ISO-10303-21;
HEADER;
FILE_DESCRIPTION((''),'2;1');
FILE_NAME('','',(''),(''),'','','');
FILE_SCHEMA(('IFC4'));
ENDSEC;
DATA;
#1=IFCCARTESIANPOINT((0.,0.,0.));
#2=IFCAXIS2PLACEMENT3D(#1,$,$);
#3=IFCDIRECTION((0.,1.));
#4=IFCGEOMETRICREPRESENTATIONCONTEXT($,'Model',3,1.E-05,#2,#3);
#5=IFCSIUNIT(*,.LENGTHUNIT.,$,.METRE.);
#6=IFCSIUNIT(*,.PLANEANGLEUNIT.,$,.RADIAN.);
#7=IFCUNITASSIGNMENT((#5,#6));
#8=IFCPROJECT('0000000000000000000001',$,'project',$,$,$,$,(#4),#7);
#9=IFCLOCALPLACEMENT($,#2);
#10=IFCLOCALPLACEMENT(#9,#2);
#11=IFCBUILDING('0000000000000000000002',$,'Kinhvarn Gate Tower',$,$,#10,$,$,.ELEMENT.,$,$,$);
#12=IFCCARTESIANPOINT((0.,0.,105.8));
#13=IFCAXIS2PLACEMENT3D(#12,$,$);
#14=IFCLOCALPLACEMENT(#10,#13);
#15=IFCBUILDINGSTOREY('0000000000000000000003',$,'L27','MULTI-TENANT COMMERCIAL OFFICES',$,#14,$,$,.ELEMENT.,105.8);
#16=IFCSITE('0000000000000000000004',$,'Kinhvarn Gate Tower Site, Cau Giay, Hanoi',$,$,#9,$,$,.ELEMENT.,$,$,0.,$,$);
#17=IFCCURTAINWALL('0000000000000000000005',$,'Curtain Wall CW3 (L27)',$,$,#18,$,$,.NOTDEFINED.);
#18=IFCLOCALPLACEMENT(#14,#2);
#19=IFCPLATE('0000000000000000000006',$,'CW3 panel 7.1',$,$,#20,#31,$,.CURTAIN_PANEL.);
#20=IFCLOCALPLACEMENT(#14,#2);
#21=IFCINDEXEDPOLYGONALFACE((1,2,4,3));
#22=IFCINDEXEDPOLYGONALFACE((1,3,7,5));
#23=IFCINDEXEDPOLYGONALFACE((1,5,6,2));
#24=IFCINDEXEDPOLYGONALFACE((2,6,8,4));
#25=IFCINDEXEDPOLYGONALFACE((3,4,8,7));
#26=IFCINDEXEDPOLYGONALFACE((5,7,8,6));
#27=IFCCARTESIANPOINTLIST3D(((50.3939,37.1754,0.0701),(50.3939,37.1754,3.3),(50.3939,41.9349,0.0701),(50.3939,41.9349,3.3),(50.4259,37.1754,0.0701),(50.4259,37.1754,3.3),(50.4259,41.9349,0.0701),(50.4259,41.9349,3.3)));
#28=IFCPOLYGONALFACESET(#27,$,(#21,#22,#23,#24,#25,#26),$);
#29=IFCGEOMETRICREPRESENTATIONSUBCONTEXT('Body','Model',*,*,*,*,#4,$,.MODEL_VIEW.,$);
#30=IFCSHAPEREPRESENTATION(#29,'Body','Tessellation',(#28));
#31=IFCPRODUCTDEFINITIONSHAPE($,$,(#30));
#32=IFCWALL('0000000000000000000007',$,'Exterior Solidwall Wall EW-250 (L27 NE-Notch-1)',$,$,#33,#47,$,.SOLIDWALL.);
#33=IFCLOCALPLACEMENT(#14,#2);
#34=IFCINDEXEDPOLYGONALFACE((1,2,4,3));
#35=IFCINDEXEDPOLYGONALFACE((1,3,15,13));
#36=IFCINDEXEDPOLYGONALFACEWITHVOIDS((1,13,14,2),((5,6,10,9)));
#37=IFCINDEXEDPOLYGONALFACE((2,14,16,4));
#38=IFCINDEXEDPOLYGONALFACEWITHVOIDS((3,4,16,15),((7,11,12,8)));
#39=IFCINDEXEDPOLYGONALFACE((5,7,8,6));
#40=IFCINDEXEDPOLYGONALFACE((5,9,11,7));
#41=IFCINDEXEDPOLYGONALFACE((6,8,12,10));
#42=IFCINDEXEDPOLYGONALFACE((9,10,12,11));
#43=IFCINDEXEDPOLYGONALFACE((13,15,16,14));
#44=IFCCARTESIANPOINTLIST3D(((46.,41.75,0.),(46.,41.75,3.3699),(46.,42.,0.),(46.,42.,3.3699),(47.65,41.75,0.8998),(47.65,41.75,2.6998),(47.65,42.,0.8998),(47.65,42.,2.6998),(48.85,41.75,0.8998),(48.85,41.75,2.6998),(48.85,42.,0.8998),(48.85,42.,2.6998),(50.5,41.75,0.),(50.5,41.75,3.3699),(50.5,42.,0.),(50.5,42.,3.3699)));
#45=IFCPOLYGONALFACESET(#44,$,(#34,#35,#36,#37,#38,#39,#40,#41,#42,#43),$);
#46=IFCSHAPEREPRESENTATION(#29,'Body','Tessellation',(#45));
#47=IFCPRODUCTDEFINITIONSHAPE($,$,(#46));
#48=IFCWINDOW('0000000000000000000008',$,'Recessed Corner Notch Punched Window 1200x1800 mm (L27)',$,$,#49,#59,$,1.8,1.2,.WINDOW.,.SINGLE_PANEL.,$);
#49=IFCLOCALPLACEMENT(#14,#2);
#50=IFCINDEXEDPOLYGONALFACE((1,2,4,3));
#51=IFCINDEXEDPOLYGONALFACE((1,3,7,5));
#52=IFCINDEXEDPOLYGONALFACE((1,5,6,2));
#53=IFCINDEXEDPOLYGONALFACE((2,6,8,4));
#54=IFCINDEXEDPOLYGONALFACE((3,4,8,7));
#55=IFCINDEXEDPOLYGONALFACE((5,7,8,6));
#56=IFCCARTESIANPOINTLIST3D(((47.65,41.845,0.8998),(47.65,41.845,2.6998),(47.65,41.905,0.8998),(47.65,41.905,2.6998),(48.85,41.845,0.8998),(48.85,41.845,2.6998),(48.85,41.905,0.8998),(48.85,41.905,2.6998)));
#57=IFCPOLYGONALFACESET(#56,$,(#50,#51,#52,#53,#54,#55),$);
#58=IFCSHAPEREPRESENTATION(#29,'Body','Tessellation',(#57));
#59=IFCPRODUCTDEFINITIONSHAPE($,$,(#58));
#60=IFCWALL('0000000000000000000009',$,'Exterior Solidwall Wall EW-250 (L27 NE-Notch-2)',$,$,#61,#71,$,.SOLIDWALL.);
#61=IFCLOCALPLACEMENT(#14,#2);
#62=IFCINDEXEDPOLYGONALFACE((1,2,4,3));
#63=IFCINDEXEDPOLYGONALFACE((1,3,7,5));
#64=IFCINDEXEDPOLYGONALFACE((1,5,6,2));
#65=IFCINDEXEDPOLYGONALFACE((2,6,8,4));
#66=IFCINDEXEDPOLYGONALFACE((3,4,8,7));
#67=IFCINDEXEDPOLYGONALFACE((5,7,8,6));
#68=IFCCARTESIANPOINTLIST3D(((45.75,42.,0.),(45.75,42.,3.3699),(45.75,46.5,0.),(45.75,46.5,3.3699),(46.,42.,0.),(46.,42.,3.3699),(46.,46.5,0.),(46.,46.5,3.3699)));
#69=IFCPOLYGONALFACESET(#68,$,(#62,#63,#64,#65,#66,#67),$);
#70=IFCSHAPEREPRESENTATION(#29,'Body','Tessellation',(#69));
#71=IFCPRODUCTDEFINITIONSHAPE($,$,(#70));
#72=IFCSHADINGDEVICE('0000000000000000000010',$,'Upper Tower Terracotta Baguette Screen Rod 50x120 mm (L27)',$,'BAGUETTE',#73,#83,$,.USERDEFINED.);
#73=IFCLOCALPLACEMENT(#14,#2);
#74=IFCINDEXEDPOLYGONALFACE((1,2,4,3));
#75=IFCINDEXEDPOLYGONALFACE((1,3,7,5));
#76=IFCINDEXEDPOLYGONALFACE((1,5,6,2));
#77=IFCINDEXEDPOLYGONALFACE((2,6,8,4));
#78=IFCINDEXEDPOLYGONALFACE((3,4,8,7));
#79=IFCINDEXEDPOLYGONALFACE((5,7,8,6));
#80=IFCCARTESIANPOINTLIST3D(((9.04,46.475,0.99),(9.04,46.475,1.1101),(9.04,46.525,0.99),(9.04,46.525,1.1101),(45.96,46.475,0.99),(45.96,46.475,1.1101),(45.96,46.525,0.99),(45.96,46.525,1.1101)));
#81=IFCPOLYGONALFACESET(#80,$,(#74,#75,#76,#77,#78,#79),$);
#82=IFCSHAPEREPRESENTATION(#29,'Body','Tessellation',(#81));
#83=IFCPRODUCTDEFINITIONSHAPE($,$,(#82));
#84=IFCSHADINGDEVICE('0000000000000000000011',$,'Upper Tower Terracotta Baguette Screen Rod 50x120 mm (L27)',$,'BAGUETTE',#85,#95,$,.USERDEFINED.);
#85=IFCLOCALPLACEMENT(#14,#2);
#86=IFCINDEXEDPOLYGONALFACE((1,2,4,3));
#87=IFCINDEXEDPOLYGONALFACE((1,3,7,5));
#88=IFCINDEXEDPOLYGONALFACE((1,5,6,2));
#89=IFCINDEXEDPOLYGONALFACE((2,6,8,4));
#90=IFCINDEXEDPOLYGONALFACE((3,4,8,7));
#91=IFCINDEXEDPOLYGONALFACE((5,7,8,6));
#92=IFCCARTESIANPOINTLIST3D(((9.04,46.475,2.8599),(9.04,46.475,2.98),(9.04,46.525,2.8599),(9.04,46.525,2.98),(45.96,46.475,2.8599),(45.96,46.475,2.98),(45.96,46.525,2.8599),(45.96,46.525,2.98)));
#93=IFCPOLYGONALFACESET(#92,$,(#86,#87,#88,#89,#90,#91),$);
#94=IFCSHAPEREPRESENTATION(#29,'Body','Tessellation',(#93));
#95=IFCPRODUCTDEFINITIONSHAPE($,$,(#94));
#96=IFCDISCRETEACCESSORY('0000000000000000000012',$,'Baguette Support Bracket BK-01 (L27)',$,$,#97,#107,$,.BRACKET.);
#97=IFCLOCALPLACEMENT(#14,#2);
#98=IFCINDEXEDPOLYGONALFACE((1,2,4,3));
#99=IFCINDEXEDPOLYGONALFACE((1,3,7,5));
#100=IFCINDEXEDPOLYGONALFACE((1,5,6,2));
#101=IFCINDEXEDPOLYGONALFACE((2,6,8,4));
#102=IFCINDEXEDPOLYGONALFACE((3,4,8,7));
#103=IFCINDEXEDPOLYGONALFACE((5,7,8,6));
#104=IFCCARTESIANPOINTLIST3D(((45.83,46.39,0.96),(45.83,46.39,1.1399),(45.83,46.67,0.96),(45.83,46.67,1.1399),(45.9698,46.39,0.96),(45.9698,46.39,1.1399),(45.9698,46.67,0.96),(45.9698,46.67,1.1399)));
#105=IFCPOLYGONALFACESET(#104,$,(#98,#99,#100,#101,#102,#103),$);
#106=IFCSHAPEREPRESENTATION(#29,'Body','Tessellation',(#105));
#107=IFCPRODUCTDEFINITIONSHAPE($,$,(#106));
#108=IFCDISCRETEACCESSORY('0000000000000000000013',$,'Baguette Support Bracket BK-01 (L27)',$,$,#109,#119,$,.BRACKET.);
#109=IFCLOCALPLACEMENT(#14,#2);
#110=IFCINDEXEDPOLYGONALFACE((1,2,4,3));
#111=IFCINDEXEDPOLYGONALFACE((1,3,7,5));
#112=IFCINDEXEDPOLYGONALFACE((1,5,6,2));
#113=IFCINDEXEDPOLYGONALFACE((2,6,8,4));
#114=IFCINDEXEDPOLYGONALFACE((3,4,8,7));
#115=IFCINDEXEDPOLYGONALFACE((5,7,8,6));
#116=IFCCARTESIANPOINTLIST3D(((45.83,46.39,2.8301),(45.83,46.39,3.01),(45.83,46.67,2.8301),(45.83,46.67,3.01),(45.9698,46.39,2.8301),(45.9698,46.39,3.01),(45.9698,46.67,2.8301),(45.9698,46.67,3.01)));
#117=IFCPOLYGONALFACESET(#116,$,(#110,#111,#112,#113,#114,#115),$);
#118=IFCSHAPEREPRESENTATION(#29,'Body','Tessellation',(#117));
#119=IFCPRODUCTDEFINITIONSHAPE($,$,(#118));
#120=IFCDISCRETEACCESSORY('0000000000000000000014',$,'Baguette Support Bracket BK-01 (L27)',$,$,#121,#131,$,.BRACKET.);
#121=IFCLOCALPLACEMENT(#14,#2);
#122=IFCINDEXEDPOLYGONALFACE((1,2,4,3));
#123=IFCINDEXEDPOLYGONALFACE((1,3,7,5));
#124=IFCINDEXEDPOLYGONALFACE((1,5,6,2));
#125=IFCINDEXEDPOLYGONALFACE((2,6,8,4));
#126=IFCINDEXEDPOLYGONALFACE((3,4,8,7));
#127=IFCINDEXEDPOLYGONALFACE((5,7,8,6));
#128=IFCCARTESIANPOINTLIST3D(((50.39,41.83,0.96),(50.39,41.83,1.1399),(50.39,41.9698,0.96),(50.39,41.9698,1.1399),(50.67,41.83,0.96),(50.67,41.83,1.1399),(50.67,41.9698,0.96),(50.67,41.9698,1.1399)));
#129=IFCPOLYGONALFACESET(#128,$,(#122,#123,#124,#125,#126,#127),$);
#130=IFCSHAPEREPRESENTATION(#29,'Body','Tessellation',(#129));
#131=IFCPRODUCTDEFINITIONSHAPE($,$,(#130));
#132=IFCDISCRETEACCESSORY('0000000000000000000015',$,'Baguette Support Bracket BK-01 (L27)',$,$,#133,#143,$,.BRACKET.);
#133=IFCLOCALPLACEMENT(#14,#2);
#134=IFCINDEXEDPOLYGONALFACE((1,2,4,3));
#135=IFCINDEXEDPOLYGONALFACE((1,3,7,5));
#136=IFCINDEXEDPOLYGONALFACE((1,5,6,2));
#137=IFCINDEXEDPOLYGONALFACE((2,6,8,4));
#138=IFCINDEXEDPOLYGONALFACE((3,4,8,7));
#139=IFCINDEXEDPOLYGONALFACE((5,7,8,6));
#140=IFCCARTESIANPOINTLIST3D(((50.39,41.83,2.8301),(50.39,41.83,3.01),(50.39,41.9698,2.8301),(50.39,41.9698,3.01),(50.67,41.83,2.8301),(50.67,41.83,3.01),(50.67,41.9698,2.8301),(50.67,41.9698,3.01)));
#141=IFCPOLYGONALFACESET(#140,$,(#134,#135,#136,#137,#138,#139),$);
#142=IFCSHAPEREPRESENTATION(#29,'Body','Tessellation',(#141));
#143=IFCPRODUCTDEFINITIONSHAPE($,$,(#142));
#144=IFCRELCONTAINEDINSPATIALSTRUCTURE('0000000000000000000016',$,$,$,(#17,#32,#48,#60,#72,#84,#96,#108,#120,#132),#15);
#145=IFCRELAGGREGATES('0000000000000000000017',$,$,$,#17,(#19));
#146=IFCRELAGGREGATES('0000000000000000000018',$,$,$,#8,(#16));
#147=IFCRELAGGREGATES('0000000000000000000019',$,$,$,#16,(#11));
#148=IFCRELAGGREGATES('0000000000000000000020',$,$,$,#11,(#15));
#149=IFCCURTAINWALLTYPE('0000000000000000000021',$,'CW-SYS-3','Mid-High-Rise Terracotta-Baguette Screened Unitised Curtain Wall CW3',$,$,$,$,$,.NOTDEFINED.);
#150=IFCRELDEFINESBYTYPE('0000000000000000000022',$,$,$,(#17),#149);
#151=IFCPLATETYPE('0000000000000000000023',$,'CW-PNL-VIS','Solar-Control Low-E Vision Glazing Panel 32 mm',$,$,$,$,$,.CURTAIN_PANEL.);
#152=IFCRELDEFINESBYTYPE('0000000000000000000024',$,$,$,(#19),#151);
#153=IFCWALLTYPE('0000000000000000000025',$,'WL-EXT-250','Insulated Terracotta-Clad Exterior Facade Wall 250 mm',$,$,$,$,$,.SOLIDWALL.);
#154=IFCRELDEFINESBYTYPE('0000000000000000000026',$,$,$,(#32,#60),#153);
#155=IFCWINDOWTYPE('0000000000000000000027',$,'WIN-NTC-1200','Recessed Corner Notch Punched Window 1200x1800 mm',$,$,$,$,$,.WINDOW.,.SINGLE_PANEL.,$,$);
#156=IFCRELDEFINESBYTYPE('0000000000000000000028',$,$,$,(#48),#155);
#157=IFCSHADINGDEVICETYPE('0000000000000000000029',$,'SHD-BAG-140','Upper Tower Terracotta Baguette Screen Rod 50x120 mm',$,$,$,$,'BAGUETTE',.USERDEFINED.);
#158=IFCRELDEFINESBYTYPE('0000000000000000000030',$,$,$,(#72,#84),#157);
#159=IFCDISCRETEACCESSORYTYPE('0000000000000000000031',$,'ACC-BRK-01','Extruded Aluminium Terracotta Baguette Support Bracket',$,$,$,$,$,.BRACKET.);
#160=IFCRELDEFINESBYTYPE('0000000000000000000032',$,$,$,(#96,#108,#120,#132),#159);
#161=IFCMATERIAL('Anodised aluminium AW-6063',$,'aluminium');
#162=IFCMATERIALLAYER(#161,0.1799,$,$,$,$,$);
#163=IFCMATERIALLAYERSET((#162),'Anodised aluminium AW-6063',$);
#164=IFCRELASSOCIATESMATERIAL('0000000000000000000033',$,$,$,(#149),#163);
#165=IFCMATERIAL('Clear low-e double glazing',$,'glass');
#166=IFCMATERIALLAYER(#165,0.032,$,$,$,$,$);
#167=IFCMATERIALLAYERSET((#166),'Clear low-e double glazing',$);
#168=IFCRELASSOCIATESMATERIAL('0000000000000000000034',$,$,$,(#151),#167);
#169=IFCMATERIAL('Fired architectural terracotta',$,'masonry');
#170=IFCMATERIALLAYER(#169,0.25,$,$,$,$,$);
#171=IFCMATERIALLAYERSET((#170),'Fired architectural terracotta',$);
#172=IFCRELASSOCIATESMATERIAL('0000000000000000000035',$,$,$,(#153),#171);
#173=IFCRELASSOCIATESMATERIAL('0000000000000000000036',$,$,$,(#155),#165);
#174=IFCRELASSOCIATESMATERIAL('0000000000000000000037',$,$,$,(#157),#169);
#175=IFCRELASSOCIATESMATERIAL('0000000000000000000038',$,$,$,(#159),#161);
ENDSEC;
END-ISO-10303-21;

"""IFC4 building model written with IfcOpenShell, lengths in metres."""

from ifc_helpers import new_model, si_unit, direction, frame, frame_2d, origin, origin_2d, place, context, subcontext, project, spatial, rectangle, extrude, material, layer, layer_set, material_profile, profile_set, type_object, element, fill, aggregate, save


model = new_model("IFC4")

# Units and contexts
model_context = context("Model", 3, precision=1e-05, world=origin(), true_north=direction((0.0, 1.0)))
body_context = subcontext(model_context, "Body", "Model", "MODEL_VIEW")
ifc_project = project(units=[si_unit("LENGTHUNIT", "METRE"), si_unit("PLANEANGLEUNIT", "RADIAN")], contexts=[model_context])

# Site, building, storey
site_placement = place(None, origin())
site = spatial("IfcSite", under=ifc_project, at=site_placement, Name="Kinhvarn Gate Tower Site, Cau Giay, Hanoi", CompositionType="ELEMENT", RefElevation=0.0)
building_placement = place(site_placement, origin())
building = spatial("IfcBuilding", under=site, at=building_placement, Name="Kinhvarn Gate Tower", CompositionType="ELEMENT")
storey_placement = place(building_placement, frame((0.0, 0.0, 105.8)))
storey = spatial("IfcBuildingStorey", under=building, at=storey_placement, Name="L27", Description="MULTI-TENANT COMMERCIAL OFFICES", CompositionType="ELEMENT", Elevation=105.8)

# Curtain wall
ifc_material_1 = material(Name="Anodised aluminium AW-6063", Category="aluminium")
ifc_layer_1 = layer(ifc_material_1, 0.1799)
ifc_layer_set_1 = layer_set([ifc_layer_1], Name="Anodised aluminium AW-6063")
curtain_wall_type = type_object("IfcCurtainWallType", Name="CW-SYS-3", Description="Mid-High-Rise Terracotta-Baguette Screened Unitised Curtain Wall CW3", PredefinedType="NOTDEFINED", material=ifc_layer_set_1)
curtain_wall_1_placement = place(storey_placement, origin())
curtain_wall_1 = element("IfcCurtainWall", 1, at=curtain_wall_1_placement, inside=storey, type_object=curtain_wall_type, Name="Curtain Wall CW3 (L27)", PredefinedType="NOTDEFINED")

# Plate
ifc_material_2 = material(Name="Clear low-e double glazing", Category="glass")
ifc_layer_2 = layer(ifc_material_2, 0.032)
ifc_layer_set_2 = layer_set([ifc_layer_2], Name="Clear low-e double glazing")
plate_type = type_object("IfcPlateType", Name="CW-PNL-VIS", Description="Solar-Control Low-E Vision Glazing Panel 32 mm", PredefinedType="CURTAIN_PANEL", material=ifc_layer_set_2)
plate_1_placement = place(storey_placement, frame((50.4099, 39.5552, 0.0701), z_axis=(0.0, 0.0, 1.0), x_axis=(0.0, 1.0, 0.0)))
plate_1 = element("IfcPlate", 2, at=plate_1_placement, type_object=plate_type, Name="CW3 panel 7.1", PredefinedType="CURTAIN_PANEL", context=body_context, shape_type="SweptSolid", body=[
    extrude(rectangle(XDim=4.7595, YDim=0.032, at=origin_2d()), origin(), (0.0, 0.0, 1.0), 3.23),
])
aggregate(curtain_wall_1, [plate_1])

# Wall, opening, window
ifc_material_3 = material(Name="Fired architectural terracotta", Category="masonry")
ifc_layer_3 = layer(ifc_material_3, 0.25)
ifc_layer_set_3 = layer_set([ifc_layer_3], Name="Fired architectural terracotta")
wall_type = type_object("IfcWallType", Name="WL-EXT-250", Description="Insulated Terracotta-Clad Exterior Facade Wall 250 mm", PredefinedType="SOLIDWALL", material=ifc_layer_set_3)
wall_1_placement = place(storey_placement, frame((50.5, 41.875, 0.0), z_axis=(0.0, 0.0, 1.0), x_axis=(-1.0, 0.0, 0.0)))
wall_1 = element("IfcWall", 3, at=wall_1_placement, inside=storey, type_object=wall_type, Name="Exterior Solidwall Wall EW-250 (L27 NE-Notch-1)", PredefinedType="SOLIDWALL", context=body_context, shape_type="SweptSolid", body=[
    extrude(rectangle(XDim=4.5, YDim=0.25, at=frame_2d((2.25, 0.0))), origin(), (0.0, 0.0, 1.0), 3.3699),
])
opening_placement = place(wall_1_placement, frame((1.6499, 0.0, 0.8999)))
opening = element("IfcOpeningElement", 4, at=opening_placement, cuts=wall_1, PredefinedType="OPENING", context=body_context, shape_type="SweptSolid", body=[
    extrude(rectangle(XDim=1.2, YDim=1.8, at=frame_2d((0.6001, 0.8999))), frame((0.0, 0.135, 0.0), z_axis=(0.0, -1.0, 0.0), x_axis=(1.0, 0.0, 0.0)), (0.0, 0.0, 1.0), 0.27),
])
window_type = type_object("IfcWindowType", Name="WIN-NTC-1200", Description="Recessed Corner Notch Punched Window 1200x1800 mm", PartitioningType="SINGLE_PANEL", PredefinedType="WINDOW", material=ifc_material_2)
window_placement = place(opening_placement, origin())
window = element("IfcWindow", 5, at=window_placement, inside=storey, type_object=window_type, Name="Recessed Corner Notch Punched Window 1200x1800 mm (L27)", OverallHeight=1.8, OverallWidth=1.2, PartitioningType="SINGLE_PANEL", PredefinedType="WINDOW", context=body_context, shape_type="SweptSolid", body=[
    extrude(rectangle(XDim=1.2, YDim=1.8, at=frame_2d((0.6001, 0.8999))), frame((0.0, 0.03, 0.0), z_axis=(0.0, -1.0, 0.0), x_axis=(1.0, 0.0, 0.0)), (0.0, 0.0, 1.0), 0.0601),
])
fill(opening, window)

# Wall
wall_2_placement = place(storey_placement, frame((45.875, 42.0, 0.0), z_axis=(0.0, 0.0, 1.0), x_axis=(0.0, 1.0, 0.0)))
element("IfcWall", 6, at=wall_2_placement, inside=storey, type_object=wall_type, Name="Exterior Solidwall Wall EW-250 (L27 NE-Notch-2)", PredefinedType="SOLIDWALL", context=body_context, shape_type="SweptSolid", body=[
    extrude(rectangle(XDim=4.5, YDim=0.25, at=frame_2d((2.25, 0.0))), origin(), (0.0, 0.0, 1.0), 3.3699),
])

# Shading devices
ifc_material_profile_1 = material_profile(ifc_material_3, rectangle(XDim=0.05, YDim=0.1201, at=origin_2d()), Name="TC 50x120")
ifc_profile_set_1 = profile_set([ifc_material_profile_1], Name="Fired architectural terracotta")
shading_device_type = type_object("IfcShadingDeviceType", Name="SHD-BAG-140", Description="Upper Tower Terracotta Baguette Screen Rod 50x120 mm", ElementType="BAGUETTE", PredefinedType="USERDEFINED", material=ifc_profile_set_1)
for number, where, z_axis, x_axis, name in (
    (7, (45.96, 46.5, 1.05), (-1.0, 0.0, 0.0), (0.0, -1.0, 0.0), "Upper Tower Terracotta Baguette Screen Rod 50x120 mm (L27)"),
    (8, (45.96, 46.5, 2.9199), (-1.0, 0.0, 0.0), (0.0, -1.0, 0.0), "Upper Tower Terracotta Baguette Screen Rod 50x120 mm (L27)"),
):
    element("IfcShadingDevice", number, at=place(storey_placement, frame(where, z_axis=z_axis, x_axis=x_axis)), inside=storey, type_object=shading_device_type, Name=name, ObjectType="BAGUETTE", PredefinedType="USERDEFINED", context=body_context, shape_type="SweptSolid", body=[
        extrude(rectangle(XDim=0.05, YDim=0.1201, at=origin_2d()), origin(), (0.0, 0.0, 1.0), 36.9199),
    ])

# Discrete accessories
discrete_accessory_type = type_object("IfcDiscreteAccessoryType", Name="ACC-BRK-01", Description="Extruded Aluminium Terracotta Baguette Support Bracket", PredefinedType="BRACKET", material=ifc_material_1)
for number, where, z_axis, x_axis, name in (
    (9, (45.8999, 46.53, 0.96), (0.0, 0.0, 1.0), (-1.0, 0.0, 0.0), "Baguette Support Bracket BK-01 (L27)"),
    (10, (45.8999, 46.53, 2.8301), (0.0, 0.0, 1.0), (-1.0, 0.0, 0.0), "Baguette Support Bracket BK-01 (L27)"),
    (11, (50.53, 41.8999, 0.96), (0.0, 0.0, 1.0), (0.0, 1.0, 0.0), "Baguette Support Bracket BK-01 (L27)"),
    (12, (50.53, 41.8999, 2.8301), (0.0, 0.0, 1.0), (0.0, 1.0, 0.0), "Baguette Support Bracket BK-01 (L27)"),
):
    element("IfcDiscreteAccessory", number, at=place(storey_placement, frame(where, z_axis=z_axis, x_axis=x_axis)), inside=storey, type_object=discrete_accessory_type, Name=name, PredefinedType="BRACKET", context=body_context, shape_type="SweptSolid", body=[
        extrude(rectangle(XDim=0.1399, YDim=0.28, at=origin_2d()), origin(), (0.0, 0.0, 1.0), 0.1799),
    ])

save(model, "model.ifc")
